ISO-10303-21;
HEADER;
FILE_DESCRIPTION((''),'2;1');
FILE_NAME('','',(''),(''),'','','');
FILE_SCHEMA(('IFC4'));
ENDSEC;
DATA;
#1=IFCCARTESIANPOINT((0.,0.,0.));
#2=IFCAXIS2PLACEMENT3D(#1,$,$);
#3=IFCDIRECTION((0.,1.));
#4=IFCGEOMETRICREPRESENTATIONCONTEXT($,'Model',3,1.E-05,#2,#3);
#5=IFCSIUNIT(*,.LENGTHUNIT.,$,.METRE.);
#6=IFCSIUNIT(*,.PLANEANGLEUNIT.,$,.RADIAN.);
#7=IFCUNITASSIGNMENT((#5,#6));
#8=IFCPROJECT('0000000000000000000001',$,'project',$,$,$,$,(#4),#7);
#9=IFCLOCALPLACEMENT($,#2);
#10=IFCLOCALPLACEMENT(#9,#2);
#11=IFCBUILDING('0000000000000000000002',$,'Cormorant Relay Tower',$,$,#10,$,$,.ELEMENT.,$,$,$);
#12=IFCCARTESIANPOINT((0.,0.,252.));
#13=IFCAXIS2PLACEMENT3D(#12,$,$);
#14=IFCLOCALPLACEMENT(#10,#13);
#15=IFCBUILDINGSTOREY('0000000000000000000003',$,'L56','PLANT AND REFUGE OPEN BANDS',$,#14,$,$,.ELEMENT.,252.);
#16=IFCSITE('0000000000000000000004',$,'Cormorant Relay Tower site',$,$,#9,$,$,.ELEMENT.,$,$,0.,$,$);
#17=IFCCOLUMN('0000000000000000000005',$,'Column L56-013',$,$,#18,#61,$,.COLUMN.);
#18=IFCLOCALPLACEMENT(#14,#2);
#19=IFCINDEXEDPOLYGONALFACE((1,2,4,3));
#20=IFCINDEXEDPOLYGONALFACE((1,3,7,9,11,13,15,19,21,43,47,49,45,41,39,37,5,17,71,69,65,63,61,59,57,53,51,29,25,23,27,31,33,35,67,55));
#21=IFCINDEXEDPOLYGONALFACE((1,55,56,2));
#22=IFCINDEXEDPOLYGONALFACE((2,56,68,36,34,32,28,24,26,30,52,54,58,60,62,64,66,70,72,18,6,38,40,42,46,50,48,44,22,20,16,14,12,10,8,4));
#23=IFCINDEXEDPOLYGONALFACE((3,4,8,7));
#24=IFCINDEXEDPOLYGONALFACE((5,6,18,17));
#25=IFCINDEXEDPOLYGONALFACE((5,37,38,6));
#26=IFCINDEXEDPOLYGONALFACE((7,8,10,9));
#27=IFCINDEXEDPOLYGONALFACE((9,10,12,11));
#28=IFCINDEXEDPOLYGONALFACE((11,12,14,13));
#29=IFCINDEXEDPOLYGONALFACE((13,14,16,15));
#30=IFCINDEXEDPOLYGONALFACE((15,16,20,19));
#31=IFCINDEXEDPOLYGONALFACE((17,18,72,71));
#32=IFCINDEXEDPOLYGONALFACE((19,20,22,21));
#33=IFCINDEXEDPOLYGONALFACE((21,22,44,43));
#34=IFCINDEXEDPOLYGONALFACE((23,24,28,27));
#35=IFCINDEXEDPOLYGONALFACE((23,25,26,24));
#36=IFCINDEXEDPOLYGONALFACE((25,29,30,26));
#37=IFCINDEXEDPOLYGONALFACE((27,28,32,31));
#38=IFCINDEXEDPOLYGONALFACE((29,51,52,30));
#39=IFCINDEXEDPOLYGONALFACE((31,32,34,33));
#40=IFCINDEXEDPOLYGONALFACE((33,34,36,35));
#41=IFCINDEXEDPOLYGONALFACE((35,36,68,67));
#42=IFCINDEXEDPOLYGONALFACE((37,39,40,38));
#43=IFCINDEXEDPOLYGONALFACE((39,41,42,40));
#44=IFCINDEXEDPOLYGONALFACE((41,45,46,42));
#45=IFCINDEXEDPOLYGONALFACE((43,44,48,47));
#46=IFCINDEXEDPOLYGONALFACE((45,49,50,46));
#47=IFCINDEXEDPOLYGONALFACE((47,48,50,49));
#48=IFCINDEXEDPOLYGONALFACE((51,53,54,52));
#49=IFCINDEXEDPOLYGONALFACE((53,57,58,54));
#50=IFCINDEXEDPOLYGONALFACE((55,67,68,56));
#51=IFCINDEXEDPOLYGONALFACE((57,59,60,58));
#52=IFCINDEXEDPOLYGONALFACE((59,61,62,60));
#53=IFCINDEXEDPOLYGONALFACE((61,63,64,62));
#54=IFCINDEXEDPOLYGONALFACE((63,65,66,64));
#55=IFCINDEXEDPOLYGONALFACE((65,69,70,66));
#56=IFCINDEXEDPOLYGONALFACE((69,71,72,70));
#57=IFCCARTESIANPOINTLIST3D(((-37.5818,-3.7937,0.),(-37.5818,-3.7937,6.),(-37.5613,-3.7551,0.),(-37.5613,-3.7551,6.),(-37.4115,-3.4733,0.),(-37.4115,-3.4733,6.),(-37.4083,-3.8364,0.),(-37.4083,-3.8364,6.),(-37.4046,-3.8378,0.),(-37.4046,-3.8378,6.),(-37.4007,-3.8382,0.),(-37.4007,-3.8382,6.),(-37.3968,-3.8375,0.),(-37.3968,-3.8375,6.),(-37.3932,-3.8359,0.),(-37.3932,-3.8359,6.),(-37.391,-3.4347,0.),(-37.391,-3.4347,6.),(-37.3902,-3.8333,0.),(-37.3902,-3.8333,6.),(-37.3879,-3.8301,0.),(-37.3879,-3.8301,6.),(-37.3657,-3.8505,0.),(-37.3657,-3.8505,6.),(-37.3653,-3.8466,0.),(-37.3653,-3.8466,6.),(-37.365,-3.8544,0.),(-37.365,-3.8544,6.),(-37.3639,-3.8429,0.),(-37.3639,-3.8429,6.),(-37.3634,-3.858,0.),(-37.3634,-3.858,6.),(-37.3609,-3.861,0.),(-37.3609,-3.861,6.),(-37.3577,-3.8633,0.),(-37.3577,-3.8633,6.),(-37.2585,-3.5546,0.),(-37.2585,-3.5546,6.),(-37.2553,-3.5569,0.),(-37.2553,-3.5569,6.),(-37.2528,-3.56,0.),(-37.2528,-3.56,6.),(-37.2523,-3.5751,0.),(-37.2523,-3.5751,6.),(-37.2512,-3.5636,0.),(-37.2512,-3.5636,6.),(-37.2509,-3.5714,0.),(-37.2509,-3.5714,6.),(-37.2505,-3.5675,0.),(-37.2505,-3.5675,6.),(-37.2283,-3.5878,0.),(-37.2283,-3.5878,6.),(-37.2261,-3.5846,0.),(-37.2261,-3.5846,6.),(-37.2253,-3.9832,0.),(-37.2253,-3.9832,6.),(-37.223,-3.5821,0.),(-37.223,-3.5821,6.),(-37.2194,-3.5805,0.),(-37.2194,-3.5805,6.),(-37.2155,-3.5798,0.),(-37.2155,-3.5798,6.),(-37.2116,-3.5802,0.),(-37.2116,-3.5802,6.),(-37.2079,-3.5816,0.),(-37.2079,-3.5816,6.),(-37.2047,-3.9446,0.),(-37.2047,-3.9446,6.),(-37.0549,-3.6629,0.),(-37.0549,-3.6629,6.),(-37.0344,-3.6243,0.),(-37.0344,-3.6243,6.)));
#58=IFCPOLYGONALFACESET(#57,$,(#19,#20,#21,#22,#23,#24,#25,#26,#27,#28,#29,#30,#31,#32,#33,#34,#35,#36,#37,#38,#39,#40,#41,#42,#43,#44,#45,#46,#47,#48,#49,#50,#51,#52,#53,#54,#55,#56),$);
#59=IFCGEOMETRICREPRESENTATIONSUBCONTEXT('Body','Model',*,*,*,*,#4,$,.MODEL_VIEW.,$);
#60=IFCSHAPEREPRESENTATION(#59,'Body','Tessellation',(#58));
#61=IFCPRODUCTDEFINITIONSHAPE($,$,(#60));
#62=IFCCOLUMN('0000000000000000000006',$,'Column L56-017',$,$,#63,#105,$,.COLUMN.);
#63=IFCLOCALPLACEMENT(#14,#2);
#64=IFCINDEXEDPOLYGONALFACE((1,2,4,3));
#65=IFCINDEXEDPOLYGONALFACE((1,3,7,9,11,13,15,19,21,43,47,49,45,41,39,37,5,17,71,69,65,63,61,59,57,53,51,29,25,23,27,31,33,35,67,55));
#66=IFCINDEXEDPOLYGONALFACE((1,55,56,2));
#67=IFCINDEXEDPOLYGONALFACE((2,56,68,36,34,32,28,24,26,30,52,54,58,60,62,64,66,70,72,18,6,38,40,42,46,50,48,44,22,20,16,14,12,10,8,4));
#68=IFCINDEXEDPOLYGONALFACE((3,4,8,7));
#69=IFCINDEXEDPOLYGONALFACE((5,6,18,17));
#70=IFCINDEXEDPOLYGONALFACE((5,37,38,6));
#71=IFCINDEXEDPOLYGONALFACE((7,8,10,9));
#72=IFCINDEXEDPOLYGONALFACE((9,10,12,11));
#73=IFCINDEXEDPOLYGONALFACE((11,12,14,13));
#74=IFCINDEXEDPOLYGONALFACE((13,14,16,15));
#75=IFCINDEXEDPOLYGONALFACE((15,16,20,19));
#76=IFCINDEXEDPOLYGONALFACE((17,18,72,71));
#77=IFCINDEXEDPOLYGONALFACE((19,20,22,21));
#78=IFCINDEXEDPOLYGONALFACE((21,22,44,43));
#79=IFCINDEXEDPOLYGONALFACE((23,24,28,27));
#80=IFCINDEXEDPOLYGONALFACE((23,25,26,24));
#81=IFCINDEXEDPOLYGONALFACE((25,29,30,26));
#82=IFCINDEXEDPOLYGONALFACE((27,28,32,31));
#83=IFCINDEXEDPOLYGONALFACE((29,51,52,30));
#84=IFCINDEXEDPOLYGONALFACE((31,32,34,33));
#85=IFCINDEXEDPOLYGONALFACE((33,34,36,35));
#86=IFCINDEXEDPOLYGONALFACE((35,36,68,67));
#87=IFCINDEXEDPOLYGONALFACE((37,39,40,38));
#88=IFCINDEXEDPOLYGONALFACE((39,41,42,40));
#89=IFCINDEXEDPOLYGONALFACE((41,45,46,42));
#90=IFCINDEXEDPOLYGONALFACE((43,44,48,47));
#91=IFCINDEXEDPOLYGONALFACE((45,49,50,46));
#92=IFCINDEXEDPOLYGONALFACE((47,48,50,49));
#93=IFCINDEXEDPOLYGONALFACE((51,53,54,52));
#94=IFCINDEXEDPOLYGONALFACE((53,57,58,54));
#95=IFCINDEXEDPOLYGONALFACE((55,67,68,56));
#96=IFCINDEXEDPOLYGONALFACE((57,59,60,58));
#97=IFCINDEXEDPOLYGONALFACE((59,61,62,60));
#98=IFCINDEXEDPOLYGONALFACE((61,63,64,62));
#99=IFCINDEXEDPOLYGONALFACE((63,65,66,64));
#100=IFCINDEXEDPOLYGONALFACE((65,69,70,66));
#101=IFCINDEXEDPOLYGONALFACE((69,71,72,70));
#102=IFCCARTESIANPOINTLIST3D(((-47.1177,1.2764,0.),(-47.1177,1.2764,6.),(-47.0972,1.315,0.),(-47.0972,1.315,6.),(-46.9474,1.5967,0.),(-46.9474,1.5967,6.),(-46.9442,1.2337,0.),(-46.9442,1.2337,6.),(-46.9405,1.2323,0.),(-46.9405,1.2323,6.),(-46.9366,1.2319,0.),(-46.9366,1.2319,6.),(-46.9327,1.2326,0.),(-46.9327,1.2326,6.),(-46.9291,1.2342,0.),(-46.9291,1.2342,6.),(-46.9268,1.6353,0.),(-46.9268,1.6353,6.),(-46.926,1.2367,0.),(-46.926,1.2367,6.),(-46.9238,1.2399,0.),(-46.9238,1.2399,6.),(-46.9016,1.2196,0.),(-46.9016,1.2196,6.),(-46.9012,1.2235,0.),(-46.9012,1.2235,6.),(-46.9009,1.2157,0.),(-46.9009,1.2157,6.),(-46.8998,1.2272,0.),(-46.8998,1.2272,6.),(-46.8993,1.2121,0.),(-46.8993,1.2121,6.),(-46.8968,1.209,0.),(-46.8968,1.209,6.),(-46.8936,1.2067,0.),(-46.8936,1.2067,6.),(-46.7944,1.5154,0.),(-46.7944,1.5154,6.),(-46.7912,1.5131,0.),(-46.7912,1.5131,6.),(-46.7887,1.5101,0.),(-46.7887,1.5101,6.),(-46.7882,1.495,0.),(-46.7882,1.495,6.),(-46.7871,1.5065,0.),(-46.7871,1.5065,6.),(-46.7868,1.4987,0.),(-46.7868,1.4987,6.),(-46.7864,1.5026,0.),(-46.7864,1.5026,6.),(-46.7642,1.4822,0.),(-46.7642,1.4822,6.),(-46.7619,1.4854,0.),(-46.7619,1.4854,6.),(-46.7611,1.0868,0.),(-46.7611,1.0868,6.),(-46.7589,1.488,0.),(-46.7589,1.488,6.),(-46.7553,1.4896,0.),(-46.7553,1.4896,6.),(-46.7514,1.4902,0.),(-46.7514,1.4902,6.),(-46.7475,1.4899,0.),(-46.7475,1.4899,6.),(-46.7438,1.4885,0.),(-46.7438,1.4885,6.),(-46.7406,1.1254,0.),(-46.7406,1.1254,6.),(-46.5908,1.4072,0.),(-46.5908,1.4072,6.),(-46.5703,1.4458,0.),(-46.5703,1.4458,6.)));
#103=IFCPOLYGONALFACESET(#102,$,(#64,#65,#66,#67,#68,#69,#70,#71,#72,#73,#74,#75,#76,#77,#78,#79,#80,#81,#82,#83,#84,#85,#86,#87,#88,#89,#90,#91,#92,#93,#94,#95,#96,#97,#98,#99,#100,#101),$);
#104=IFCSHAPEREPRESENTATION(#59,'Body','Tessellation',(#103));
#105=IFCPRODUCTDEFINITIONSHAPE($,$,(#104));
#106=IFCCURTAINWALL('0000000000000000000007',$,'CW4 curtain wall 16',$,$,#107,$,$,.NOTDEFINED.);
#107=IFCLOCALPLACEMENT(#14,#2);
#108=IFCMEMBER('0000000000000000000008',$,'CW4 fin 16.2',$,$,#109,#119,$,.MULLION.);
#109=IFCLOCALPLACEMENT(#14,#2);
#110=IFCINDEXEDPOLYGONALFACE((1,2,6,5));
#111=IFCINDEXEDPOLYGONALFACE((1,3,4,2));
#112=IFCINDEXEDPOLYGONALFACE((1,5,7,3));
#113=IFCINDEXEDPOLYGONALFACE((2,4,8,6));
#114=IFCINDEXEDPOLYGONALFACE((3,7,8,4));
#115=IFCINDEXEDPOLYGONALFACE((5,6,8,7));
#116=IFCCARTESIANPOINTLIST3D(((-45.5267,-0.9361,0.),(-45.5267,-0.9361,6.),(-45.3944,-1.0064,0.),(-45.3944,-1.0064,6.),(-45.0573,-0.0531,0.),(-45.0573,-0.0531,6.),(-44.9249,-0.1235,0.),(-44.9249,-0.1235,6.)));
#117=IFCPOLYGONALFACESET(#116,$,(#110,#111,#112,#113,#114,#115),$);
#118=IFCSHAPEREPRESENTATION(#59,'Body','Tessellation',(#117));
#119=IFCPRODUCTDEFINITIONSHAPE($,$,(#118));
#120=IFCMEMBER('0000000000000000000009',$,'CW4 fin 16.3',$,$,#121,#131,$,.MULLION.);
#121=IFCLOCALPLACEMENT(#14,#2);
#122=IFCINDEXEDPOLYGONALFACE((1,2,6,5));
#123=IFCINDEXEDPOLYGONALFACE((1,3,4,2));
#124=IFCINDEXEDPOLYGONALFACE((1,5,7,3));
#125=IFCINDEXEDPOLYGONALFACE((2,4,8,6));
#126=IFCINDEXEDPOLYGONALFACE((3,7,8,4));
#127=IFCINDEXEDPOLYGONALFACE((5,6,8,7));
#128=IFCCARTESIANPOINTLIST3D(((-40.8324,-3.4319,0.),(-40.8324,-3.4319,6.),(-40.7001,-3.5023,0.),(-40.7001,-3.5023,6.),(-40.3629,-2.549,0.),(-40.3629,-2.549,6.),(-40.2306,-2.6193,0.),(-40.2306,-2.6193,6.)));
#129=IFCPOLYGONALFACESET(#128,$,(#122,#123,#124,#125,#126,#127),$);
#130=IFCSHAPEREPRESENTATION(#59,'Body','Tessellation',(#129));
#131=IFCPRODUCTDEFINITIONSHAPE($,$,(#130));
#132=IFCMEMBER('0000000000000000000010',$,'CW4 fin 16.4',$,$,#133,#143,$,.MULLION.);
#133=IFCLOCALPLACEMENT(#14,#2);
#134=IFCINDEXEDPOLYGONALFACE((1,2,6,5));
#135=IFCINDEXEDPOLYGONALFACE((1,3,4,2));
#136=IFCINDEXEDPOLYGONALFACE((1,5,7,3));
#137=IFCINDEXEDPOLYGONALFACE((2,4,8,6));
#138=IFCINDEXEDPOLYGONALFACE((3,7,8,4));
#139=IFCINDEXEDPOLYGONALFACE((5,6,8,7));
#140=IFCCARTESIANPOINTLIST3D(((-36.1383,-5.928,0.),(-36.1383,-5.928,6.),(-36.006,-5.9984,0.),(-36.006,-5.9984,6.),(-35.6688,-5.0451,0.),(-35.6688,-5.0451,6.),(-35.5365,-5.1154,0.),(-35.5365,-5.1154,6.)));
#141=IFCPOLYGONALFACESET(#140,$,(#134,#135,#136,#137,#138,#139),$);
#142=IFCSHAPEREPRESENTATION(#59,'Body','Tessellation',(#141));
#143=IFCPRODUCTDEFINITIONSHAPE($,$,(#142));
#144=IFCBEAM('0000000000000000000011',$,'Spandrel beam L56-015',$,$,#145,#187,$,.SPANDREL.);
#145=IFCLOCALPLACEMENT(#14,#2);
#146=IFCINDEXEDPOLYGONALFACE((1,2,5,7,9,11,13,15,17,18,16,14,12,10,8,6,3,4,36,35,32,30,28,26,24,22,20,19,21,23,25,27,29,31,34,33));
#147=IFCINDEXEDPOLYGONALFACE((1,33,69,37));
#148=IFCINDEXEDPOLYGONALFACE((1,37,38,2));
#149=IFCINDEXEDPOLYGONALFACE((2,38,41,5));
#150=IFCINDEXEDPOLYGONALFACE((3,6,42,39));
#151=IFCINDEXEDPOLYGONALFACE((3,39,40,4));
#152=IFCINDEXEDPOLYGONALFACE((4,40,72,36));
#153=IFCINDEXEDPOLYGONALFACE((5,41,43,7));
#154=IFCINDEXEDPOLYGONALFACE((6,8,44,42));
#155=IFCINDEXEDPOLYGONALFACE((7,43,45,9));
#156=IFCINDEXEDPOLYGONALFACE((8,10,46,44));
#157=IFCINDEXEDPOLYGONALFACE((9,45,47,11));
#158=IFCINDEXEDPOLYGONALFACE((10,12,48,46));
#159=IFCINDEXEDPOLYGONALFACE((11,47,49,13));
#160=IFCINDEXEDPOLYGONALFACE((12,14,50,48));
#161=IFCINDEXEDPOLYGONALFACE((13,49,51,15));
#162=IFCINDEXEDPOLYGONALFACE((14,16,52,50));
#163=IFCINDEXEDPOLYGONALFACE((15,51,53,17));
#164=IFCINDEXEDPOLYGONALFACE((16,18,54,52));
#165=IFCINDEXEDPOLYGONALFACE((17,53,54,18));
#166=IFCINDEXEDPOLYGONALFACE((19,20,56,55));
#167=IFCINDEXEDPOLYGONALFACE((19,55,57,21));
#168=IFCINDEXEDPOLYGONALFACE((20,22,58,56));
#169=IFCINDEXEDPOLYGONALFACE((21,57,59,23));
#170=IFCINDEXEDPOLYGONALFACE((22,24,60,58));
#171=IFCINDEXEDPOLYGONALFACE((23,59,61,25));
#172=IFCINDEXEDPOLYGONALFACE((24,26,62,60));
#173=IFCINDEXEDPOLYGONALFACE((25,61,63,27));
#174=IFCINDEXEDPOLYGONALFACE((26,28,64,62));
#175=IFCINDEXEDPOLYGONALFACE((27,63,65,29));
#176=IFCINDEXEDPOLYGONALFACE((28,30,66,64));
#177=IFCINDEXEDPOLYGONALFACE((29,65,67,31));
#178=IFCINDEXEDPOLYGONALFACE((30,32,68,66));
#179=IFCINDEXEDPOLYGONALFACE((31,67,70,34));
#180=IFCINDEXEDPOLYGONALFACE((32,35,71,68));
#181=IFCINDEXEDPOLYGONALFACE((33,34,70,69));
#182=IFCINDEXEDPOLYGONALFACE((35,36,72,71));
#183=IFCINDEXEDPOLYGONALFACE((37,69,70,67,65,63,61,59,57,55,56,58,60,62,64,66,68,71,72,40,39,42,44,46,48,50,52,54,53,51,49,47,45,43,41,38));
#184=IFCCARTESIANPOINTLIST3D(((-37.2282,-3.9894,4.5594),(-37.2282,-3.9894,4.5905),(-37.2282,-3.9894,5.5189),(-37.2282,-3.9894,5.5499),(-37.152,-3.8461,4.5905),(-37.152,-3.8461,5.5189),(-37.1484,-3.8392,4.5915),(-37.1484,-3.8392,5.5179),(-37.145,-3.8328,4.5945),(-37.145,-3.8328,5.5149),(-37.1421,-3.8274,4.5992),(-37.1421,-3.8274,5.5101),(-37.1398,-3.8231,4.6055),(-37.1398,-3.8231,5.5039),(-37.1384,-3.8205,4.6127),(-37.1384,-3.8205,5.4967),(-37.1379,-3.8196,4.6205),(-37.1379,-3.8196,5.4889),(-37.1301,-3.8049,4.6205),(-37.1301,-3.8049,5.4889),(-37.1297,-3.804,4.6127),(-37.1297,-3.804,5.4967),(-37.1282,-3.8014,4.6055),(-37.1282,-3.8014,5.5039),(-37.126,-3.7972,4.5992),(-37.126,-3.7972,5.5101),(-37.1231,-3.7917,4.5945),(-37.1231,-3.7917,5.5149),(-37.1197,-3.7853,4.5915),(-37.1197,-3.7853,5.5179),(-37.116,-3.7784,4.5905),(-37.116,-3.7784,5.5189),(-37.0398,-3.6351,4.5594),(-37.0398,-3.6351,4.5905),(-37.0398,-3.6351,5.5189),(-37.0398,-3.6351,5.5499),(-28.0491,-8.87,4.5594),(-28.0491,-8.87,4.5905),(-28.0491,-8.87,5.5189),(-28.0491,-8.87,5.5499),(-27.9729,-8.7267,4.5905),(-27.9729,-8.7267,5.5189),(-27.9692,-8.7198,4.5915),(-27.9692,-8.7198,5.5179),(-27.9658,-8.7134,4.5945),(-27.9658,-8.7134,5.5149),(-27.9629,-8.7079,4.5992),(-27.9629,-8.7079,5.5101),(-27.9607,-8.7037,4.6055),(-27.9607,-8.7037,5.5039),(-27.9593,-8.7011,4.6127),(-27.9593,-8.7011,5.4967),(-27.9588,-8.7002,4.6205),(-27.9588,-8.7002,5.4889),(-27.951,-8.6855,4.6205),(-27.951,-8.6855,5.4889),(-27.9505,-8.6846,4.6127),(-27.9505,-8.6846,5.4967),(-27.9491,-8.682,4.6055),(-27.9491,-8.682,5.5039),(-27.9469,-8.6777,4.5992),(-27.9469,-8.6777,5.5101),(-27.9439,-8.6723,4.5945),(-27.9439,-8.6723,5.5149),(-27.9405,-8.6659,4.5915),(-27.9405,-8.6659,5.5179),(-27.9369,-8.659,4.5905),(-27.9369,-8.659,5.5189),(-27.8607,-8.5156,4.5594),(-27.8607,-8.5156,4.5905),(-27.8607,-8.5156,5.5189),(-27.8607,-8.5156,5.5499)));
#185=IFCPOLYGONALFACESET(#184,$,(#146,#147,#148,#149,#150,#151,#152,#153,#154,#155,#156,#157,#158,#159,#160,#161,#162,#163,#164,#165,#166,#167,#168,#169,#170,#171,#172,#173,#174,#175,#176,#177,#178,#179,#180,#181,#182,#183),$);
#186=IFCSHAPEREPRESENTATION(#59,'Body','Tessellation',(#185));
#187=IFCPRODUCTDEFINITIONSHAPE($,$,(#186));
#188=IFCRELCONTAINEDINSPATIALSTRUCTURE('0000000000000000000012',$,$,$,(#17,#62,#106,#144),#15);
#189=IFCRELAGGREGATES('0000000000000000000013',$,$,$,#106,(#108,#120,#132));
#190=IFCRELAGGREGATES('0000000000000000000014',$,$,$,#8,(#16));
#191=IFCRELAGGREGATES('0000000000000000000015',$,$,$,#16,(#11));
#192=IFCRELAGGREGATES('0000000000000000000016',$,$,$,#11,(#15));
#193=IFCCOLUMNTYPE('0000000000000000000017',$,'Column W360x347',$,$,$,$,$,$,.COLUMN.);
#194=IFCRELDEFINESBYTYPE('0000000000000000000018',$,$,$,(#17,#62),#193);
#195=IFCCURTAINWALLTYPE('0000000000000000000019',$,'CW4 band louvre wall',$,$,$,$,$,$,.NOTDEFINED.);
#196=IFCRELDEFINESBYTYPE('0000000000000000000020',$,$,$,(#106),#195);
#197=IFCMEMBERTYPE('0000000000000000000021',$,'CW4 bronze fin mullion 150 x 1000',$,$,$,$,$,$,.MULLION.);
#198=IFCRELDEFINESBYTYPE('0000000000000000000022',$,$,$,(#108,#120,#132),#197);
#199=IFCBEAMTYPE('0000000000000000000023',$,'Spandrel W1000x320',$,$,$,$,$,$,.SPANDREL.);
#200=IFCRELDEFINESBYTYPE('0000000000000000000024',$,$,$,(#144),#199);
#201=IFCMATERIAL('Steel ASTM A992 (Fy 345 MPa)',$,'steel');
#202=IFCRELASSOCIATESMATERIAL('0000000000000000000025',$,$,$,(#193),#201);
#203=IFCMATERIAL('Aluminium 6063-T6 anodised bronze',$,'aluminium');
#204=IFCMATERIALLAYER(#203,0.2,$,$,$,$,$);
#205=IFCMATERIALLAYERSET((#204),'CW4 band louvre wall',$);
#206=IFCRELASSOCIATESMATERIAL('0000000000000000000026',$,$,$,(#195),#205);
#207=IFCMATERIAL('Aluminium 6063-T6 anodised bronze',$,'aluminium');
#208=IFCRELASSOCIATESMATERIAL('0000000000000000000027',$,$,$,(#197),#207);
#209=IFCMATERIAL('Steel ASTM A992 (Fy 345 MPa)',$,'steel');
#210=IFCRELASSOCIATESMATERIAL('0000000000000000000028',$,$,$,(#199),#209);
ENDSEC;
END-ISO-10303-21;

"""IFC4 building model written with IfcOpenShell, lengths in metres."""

from ifc_helpers import new_model, si_unit, direction, frame, origin, origin_2d, place, context, subcontext, project, spatial, rectangle, i_section, extrude, material, layer, layer_set, material_profile, profile_set, type_object, element, aggregate, save


model = new_model("IFC4")

# Units and contexts
model_context = context("Model", 3, precision=1e-05, world=origin(), true_north=direction((0.0, 1.0)))
body_context = subcontext(model_context, "Body", "Model", "MODEL_VIEW")
ifc_project = project(units=[si_unit("LENGTHUNIT", "METRE"), si_unit("PLANEANGLEUNIT", "RADIAN")], contexts=[model_context])

# Site, building, storey
site_placement = place(None, origin())
site = spatial("IfcSite", under=ifc_project, at=site_placement, Name="Cormorant Relay Tower site", CompositionType="ELEMENT", RefElevation=0.0)
building_placement = place(site_placement, origin())
building = spatial("IfcBuilding", under=site, at=building_placement, Name="Cormorant Relay Tower", CompositionType="ELEMENT")
storey_placement = place(building_placement, frame((0.0, 0.0, 252.0)))
storey = spatial("IfcBuildingStorey", under=building, at=storey_placement, Name="L56", Description="PLANT AND REFUGE OPEN BANDS", CompositionType="ELEMENT", Elevation=252.0)

# Columns
ifc_material_1 = material(Name="Steel ASTM A992 (Fy 345 MPa)", Category="steel")
ifc_material_profile_1 = material_profile(ifc_material_1, i_section(OverallWidth=0.4038, OverallDepth=0.4065, WebThickness=0.0271, FlangeThickness=0.0437, FilletRadius=0.0151, at=origin_2d()), Name="W360x347")
ifc_profile_set_1 = profile_set([ifc_material_profile_1], Name="Steel ASTM A992 (Fy 345 MPa)")
column_type = type_object("IfcColumnType", Name="Column W360x347", PredefinedType="COLUMN", material=ifc_profile_set_1)
for number, where, z_axis, x_axis, name in (
    (1, (-37.3081, -3.709, 0.0), (0.0, 0.0, 1.0), (0.882948, -0.469472, 0.0), "Column L56-013"),
    (2, (-46.844, 1.3611, 0.0), (0.0, 0.0, 1.0), (0.882948, -0.469472, 0.0), "Column L56-017"),
):
    element("IfcColumn", number, at=place(storey_placement, frame(where, z_axis=z_axis, x_axis=x_axis)), inside=storey, type_object=column_type, Name=name, PredefinedType="COLUMN", context=body_context, shape_type="SweptSolid", body=[
        extrude(i_section(OverallWidth=0.4038, OverallDepth=0.4065, WebThickness=0.0271, FlangeThickness=0.0437, FilletRadius=0.0151, at=origin_2d()), origin(), (0.0, 0.0, 1.0), 6.0),
    ])

# Curtain wall, members
ifc_material_2 = material(Name="Aluminium 6063-T6 anodised bronze", Category="aluminium")
ifc_layer_1 = layer(ifc_material_2, 0.2)
ifc_layer_set_1 = layer_set([ifc_layer_1], Name="CW4 band louvre wall")
curtain_wall_type = type_object("IfcCurtainWallType", Name="CW4 band louvre wall", PredefinedType="NOTDEFINED", material=ifc_layer_set_1)
curtain_wall_placement = place(storey_placement, origin())
curtain_wall = element("IfcCurtainWall", 3, at=curtain_wall_placement, inside=storey, type_object=curtain_wall_type, Name="CW4 curtain wall 16", PredefinedType="NOTDEFINED")
ifc_material_3 = material(Name="Aluminium 6063-T6 anodised bronze", Category="aluminium")
ifc_material_profile_2 = material_profile(ifc_material_3, rectangle(XDim=0.1499, YDim=1.0, at=origin_2d()), Name="AL 150x1000")
ifc_profile_set_2 = profile_set([ifc_material_profile_2], Name="Aluminium 6063-T6 anodised bronze")
member_type = type_object("IfcMemberType", Name="CW4 bronze fin mullion 150 x 1000", PredefinedType="MULLION", material=ifc_profile_set_2)
member_1_placement = place(storey_placement, frame((-45.2258, -0.5298, 0.0), z_axis=(0.0, 0.0, 1.0), x_axis=(0.882948, -0.469472, 0.0)))
member_1 = element("IfcMember", 4, at=member_1_placement, type_object=member_type, Name="CW4 fin 16.2", PredefinedType="MULLION", context=body_context, shape_type="SweptSolid", body=[
    extrude(rectangle(XDim=0.1499, YDim=1.0, at=origin_2d()), origin(), (0.0, 0.0, 1.0), 6.0),
])
member_2_placement = place(storey_placement, frame((-40.5315, -3.0256, 0.0), z_axis=(0.0, 0.0, 1.0), x_axis=(0.882948, -0.469472, 0.0)))
member_2 = element("IfcMember", 5, at=member_2_placement, type_object=member_type, Name="CW4 fin 16.3", PredefinedType="MULLION", context=body_context, shape_type="SweptSolid", body=[
    extrude(rectangle(XDim=0.1499, YDim=1.0, at=origin_2d()), origin(), (0.0, 0.0, 1.0), 6.0),
])
member_3_placement = place(storey_placement, frame((-35.8374, -5.5217, 0.0), z_axis=(0.0, 0.0, 1.0), x_axis=(0.882948, -0.469472, 0.0)))
member_3 = element("IfcMember", 6, at=member_3_placement, type_object=member_type, Name="CW4 fin 16.4", PredefinedType="MULLION", context=body_context, shape_type="SweptSolid", body=[
    extrude(rectangle(XDim=0.1499, YDim=1.0, at=origin_2d()), origin(), (0.0, 0.0, 1.0), 6.0),
])

# Beam
ifc_material_4 = material(Name="Steel ASTM A992 (Fy 345 MPa)", Category="steel")
ifc_material_profile_3 = material_profile(ifc_material_4, i_section(OverallWidth=0.4014, OverallDepth=0.9905, WebThickness=0.0166, FlangeThickness=0.031, FilletRadius=0.03, at=origin_2d()), Name="W1000x320")
ifc_profile_set_3 = profile_set([ifc_material_profile_3], Name="Steel ASTM A992 (Fy 345 MPa)")
beam_type = type_object("IfcBeamType", Name="Spandrel W1000x320", PredefinedType="SPANDREL", material=ifc_profile_set_3)
beam_placement = place(storey_placement, frame((-37.134, -3.8123, 5.0547), z_axis=(0.88295, -0.469468, 0.0), x_axis=(0.469468, 0.88295, 0.0)))
element("IfcBeam", 7, at=beam_placement, inside=storey, type_object=beam_type, Name="Spandrel beam L56-015", PredefinedType="SPANDREL", context=body_context, shape_type="SweptSolid", body=[
    extrude(i_section(OverallWidth=0.4014, OverallDepth=0.9905, WebThickness=0.0166, FlangeThickness=0.031, FilletRadius=0.03, at=origin_2d()), origin(), (0.0, 0.0, 1.0), 10.396),
])

aggregate(curtain_wall, [member_1, member_2, member_3])

save(model, "model.ifc")
